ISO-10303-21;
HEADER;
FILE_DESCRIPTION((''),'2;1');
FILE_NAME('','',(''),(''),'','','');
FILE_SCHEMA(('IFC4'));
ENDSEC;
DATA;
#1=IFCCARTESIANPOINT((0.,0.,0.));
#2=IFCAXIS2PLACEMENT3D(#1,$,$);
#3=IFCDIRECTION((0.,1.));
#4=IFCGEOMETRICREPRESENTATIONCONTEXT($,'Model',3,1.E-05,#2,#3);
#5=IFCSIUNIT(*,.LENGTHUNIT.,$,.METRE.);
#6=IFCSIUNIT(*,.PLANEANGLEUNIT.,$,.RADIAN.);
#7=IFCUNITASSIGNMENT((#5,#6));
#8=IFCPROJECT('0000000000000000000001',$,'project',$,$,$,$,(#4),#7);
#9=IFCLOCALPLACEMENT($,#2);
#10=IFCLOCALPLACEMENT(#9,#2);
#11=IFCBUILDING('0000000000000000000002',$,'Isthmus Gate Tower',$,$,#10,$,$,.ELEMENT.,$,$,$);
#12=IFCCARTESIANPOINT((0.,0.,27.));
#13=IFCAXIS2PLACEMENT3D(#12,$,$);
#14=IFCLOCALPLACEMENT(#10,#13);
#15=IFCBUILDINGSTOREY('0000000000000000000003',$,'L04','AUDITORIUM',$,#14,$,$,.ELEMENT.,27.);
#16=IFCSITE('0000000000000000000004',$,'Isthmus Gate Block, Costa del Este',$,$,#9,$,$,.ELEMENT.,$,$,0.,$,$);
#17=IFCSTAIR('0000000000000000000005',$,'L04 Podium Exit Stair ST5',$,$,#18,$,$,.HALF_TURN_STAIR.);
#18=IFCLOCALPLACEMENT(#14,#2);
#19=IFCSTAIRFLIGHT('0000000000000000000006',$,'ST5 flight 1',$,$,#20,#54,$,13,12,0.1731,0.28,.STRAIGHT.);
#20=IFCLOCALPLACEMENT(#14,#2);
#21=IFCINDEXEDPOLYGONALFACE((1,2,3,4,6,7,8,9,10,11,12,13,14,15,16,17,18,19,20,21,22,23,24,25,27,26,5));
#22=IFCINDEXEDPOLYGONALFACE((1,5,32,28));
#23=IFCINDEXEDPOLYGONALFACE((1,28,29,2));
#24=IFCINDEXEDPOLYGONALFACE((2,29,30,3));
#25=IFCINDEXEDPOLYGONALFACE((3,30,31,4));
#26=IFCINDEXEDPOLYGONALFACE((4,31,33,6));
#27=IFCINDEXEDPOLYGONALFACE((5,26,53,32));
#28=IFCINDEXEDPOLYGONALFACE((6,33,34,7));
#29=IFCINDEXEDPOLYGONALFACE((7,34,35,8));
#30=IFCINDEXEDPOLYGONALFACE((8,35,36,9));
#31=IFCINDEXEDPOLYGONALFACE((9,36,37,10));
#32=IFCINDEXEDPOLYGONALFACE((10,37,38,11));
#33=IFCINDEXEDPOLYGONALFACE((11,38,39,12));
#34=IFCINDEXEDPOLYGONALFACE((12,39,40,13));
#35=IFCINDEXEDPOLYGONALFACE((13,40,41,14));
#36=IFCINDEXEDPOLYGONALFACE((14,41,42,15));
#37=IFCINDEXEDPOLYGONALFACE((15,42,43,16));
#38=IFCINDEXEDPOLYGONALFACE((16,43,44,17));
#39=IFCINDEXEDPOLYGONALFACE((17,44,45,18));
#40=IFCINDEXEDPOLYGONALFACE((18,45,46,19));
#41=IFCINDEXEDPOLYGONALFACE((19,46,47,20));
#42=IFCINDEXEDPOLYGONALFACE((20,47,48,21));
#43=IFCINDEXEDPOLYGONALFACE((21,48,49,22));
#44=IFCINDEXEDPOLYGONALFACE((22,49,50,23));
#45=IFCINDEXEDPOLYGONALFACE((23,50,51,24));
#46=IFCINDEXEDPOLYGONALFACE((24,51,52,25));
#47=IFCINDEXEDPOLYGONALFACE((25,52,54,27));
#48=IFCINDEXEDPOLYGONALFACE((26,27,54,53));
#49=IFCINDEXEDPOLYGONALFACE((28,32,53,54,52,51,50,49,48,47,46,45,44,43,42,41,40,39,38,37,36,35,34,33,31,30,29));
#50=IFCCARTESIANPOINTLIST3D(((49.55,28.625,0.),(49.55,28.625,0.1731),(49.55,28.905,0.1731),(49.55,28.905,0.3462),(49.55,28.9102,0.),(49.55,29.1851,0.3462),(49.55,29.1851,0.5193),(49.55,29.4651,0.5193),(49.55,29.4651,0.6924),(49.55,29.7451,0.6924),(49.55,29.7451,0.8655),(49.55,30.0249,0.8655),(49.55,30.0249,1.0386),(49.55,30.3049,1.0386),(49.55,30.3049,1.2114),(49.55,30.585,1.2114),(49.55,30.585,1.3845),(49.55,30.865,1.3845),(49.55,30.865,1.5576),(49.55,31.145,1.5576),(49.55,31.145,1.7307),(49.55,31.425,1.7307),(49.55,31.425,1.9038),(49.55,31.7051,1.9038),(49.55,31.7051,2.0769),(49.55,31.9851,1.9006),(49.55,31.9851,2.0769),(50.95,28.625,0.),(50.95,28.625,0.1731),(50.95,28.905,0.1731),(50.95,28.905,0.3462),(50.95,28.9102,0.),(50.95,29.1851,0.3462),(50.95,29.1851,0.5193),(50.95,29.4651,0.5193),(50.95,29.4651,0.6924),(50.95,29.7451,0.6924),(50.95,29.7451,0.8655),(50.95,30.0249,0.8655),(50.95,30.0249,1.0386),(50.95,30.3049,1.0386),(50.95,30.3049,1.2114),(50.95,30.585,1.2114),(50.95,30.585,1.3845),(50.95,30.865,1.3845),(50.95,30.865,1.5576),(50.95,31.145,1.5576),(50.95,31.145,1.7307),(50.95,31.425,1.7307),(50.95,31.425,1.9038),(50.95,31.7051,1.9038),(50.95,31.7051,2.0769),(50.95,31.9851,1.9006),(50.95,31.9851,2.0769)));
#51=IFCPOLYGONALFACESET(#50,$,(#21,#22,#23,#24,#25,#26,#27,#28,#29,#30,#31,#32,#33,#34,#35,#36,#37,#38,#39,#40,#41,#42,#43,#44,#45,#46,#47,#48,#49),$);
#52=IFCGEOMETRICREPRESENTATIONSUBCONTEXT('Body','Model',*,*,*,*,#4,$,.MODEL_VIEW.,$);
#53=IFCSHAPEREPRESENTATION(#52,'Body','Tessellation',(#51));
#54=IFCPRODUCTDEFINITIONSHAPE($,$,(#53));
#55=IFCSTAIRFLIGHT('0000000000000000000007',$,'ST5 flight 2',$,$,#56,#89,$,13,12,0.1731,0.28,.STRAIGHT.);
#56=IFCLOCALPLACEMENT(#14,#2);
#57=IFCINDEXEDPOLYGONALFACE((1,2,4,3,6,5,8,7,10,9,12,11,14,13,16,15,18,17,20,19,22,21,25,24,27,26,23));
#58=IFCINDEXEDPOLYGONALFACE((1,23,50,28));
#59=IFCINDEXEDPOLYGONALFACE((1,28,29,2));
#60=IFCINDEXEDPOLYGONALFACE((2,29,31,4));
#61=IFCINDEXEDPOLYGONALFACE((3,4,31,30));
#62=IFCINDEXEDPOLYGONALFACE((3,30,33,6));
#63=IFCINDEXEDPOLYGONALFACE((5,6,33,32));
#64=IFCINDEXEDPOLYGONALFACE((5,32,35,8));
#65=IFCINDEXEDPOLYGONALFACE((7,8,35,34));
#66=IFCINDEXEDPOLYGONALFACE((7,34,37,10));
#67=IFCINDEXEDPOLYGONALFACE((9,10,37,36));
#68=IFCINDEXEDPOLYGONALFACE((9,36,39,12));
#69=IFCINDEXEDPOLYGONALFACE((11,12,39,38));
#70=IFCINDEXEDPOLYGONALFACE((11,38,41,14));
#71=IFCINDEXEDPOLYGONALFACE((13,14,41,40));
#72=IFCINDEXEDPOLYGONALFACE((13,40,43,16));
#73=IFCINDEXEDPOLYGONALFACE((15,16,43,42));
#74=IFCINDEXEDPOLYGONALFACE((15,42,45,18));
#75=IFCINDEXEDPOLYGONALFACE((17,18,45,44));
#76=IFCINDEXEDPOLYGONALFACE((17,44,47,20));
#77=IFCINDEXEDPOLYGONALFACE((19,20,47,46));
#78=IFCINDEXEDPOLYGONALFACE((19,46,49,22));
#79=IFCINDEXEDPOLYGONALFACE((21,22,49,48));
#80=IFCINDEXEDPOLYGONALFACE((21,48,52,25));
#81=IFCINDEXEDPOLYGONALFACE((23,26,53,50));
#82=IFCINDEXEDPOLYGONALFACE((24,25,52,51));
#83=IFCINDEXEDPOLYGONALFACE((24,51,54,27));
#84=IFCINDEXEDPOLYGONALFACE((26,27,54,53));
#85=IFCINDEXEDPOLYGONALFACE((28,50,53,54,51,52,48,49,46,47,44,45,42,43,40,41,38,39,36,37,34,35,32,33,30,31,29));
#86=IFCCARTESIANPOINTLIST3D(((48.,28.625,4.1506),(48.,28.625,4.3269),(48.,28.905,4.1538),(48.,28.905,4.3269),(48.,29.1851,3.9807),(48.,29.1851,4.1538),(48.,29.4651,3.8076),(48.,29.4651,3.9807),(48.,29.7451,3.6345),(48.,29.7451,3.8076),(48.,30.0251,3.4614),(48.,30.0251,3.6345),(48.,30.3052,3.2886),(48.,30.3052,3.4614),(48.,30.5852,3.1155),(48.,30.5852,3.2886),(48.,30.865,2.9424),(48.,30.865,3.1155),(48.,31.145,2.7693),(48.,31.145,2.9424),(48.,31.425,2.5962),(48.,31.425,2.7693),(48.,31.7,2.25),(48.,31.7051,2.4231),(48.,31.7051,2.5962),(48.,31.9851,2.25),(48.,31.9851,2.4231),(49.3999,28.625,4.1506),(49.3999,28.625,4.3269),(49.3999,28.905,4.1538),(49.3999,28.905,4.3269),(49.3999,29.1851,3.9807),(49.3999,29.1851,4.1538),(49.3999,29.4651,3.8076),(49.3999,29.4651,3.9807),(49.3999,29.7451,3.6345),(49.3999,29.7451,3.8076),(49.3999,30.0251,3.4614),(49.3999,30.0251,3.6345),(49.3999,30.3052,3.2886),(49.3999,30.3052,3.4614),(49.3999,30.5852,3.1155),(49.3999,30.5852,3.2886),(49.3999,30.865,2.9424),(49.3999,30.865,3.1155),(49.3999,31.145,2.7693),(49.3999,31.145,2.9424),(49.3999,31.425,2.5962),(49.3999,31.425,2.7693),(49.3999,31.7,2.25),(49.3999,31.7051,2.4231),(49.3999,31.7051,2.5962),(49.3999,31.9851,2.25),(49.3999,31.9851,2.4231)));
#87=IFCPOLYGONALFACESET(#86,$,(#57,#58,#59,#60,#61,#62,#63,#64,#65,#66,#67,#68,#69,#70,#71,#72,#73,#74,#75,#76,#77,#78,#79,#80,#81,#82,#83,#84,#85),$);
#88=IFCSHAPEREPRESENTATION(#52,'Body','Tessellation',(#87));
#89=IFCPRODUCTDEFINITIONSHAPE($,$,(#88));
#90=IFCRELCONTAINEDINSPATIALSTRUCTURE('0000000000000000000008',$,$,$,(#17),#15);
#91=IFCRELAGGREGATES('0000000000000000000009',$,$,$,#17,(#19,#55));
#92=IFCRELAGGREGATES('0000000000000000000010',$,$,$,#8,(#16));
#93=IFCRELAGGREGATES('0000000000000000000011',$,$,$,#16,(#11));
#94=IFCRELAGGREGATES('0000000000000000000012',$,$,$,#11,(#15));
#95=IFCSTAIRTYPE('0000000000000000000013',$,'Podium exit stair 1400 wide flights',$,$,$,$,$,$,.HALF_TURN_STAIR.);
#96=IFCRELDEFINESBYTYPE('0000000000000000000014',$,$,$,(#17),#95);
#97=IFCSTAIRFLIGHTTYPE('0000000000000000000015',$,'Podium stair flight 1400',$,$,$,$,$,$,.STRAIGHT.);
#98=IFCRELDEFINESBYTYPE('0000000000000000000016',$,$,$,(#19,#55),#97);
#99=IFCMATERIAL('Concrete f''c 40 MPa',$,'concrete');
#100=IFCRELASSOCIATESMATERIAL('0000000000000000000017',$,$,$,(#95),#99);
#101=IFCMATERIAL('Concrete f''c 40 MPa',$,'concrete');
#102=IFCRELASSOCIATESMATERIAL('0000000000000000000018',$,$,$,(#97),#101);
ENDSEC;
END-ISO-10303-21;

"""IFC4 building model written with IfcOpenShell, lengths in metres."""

from ifc_helpers import new_model, si_unit, direction, frame, origin, place, context, subcontext, project, spatial, polyline, outline, extrude, material, type_object, element, aggregate, save


model = new_model("IFC4")

# Units and contexts
model_context = context("Model", 3, precision=1e-05, world=origin(), true_north=direction((0.0, 1.0)))
body_context = subcontext(model_context, "Body", "Model", "MODEL_VIEW")
ifc_project = project(units=[si_unit("LENGTHUNIT", "METRE"), si_unit("PLANEANGLEUNIT", "RADIAN")], contexts=[model_context])

# Site, building, storey
site_placement = place(None, origin())
site = spatial("IfcSite", under=ifc_project, at=site_placement, Name="Isthmus Gate Block, Costa del Este", CompositionType="ELEMENT", RefElevation=0.0)
building_placement = place(site_placement, origin())
building = spatial("IfcBuilding", under=site, at=building_placement, Name="Isthmus Gate Tower", CompositionType="ELEMENT")
storey_placement = place(building_placement, frame((0.0, 0.0, 27.0)))
storey = spatial("IfcBuildingStorey", under=building, at=storey_placement, Name="L04", Description="AUDITORIUM", CompositionType="ELEMENT", Elevation=27.0)

# Stair, stair flights
ifc_material_1 = material(Name="Concrete f'c 40 MPa", Category="concrete")
stair_type = type_object("IfcStairType", Name="Podium exit stair 1400 wide flights", PredefinedType="HALF_TURN_STAIR", material=ifc_material_1)
stair_placement = place(storey_placement, origin())
stair = element("IfcStair", 1, at=stair_placement, inside=storey, type_object=stair_type, Name="L04 Podium Exit Stair ST5", PredefinedType="HALF_TURN_STAIR")
ifc_material_2 = material(Name="Concrete f'c 40 MPa", Category="concrete")
stair_flight_type = type_object("IfcStairFlightType", Name="Podium stair flight 1400", PredefinedType="STRAIGHT", material=ifc_material_2)
stair_flight_1_placement = place(storey_placement, frame((50.25, 28.625, 0.0), z_axis=(0.0, 0.0, 1.0), x_axis=(0.0, 1.0, 0.0)))
stair_flight_1 = element("IfcStairFlight", 2, at=stair_flight_1_placement, type_object=stair_flight_type, Name="ST5 flight 1", NumberOfRisers=13, NumberOfTreads=12, PredefinedType="STRAIGHT", RiserHeight=0.1731, TreadLength=0.28, context=body_context, shape_type="SweptSolid", body=[
    extrude(outline(polyline([(0.0, 0.0), (0.0, 0.1731), (0.28, 0.1731), (0.28, 0.3462), (0.5601, 0.3462), (0.5601, 0.5193), (0.8401, 0.5193), (0.8401, 0.6924), (1.1201, 0.6924), (1.1201, 0.8655), (1.3999, 0.8655), (1.3999, 1.0386), (1.6799, 1.0386), (1.6799, 1.2114), (1.96, 1.2114), (1.96, 1.3845), (2.24, 1.3845), (2.24, 1.5576), (2.52, 1.5576), (2.52, 1.7307), (2.8, 1.7307), (2.8, 1.9038), (3.0801, 1.9038), (3.0801, 2.0769), (3.3601, 2.0769), (3.3601, 2.25), (3.3601, 1.9006), (0.2852, 0.0), (0.0, 0.0)])), frame((0.0, 0.7, 0.0), z_axis=(0.0, -1.0, 0.0), x_axis=(1.0, 0.0, 0.0)), (0.0, 0.0, 1.0), 1.3999),
])
stair_flight_2_placement = place(storey_placement, frame((48.7, 31.9851, 2.25), z_axis=(0.0, 0.0, 1.0), x_axis=(0.0, -1.0, 0.0)))
stair_flight_2 = element("IfcStairFlight", 3, at=stair_flight_2_placement, type_object=stair_flight_type, Name="ST5 flight 2", NumberOfRisers=13, NumberOfTreads=12, PredefinedType="STRAIGHT", RiserHeight=0.1731, TreadLength=0.28, context=body_context, shape_type="SweptSolid", body=[
    extrude(outline(polyline([(0.0, 0.0), (0.0, 0.1731), (0.28, 0.1731), (0.28, 0.3462), (0.5601, 0.3462), (0.5601, 0.5193), (0.8401, 0.5193), (0.8401, 0.6924), (1.1201, 0.6924), (1.1201, 0.8655), (1.3999, 0.8655), (1.3999, 1.0386), (1.6799, 1.0386), (1.6799, 1.2114), (1.96, 1.2114), (1.96, 1.3845), (2.24, 1.3845), (2.24, 1.5576), (2.52, 1.5576), (2.52, 1.7307), (2.8, 1.7307), (2.8, 1.9038), (3.0801, 1.9038), (3.0801, 2.0769), (3.3601, 2.0769), (3.3601, 2.25), (3.3601, 1.9006), (0.2852, 0.0), (0.0, 0.0)])), frame((0.0, 0.7, 0.0), z_axis=(0.0, -1.0, 0.0), x_axis=(1.0, 0.0, 0.0)), (0.0, 0.0, 1.0), 1.3999),
])
aggregate(stair, [stair_flight_1, stair_flight_2])

save(model, "model.ifc")
